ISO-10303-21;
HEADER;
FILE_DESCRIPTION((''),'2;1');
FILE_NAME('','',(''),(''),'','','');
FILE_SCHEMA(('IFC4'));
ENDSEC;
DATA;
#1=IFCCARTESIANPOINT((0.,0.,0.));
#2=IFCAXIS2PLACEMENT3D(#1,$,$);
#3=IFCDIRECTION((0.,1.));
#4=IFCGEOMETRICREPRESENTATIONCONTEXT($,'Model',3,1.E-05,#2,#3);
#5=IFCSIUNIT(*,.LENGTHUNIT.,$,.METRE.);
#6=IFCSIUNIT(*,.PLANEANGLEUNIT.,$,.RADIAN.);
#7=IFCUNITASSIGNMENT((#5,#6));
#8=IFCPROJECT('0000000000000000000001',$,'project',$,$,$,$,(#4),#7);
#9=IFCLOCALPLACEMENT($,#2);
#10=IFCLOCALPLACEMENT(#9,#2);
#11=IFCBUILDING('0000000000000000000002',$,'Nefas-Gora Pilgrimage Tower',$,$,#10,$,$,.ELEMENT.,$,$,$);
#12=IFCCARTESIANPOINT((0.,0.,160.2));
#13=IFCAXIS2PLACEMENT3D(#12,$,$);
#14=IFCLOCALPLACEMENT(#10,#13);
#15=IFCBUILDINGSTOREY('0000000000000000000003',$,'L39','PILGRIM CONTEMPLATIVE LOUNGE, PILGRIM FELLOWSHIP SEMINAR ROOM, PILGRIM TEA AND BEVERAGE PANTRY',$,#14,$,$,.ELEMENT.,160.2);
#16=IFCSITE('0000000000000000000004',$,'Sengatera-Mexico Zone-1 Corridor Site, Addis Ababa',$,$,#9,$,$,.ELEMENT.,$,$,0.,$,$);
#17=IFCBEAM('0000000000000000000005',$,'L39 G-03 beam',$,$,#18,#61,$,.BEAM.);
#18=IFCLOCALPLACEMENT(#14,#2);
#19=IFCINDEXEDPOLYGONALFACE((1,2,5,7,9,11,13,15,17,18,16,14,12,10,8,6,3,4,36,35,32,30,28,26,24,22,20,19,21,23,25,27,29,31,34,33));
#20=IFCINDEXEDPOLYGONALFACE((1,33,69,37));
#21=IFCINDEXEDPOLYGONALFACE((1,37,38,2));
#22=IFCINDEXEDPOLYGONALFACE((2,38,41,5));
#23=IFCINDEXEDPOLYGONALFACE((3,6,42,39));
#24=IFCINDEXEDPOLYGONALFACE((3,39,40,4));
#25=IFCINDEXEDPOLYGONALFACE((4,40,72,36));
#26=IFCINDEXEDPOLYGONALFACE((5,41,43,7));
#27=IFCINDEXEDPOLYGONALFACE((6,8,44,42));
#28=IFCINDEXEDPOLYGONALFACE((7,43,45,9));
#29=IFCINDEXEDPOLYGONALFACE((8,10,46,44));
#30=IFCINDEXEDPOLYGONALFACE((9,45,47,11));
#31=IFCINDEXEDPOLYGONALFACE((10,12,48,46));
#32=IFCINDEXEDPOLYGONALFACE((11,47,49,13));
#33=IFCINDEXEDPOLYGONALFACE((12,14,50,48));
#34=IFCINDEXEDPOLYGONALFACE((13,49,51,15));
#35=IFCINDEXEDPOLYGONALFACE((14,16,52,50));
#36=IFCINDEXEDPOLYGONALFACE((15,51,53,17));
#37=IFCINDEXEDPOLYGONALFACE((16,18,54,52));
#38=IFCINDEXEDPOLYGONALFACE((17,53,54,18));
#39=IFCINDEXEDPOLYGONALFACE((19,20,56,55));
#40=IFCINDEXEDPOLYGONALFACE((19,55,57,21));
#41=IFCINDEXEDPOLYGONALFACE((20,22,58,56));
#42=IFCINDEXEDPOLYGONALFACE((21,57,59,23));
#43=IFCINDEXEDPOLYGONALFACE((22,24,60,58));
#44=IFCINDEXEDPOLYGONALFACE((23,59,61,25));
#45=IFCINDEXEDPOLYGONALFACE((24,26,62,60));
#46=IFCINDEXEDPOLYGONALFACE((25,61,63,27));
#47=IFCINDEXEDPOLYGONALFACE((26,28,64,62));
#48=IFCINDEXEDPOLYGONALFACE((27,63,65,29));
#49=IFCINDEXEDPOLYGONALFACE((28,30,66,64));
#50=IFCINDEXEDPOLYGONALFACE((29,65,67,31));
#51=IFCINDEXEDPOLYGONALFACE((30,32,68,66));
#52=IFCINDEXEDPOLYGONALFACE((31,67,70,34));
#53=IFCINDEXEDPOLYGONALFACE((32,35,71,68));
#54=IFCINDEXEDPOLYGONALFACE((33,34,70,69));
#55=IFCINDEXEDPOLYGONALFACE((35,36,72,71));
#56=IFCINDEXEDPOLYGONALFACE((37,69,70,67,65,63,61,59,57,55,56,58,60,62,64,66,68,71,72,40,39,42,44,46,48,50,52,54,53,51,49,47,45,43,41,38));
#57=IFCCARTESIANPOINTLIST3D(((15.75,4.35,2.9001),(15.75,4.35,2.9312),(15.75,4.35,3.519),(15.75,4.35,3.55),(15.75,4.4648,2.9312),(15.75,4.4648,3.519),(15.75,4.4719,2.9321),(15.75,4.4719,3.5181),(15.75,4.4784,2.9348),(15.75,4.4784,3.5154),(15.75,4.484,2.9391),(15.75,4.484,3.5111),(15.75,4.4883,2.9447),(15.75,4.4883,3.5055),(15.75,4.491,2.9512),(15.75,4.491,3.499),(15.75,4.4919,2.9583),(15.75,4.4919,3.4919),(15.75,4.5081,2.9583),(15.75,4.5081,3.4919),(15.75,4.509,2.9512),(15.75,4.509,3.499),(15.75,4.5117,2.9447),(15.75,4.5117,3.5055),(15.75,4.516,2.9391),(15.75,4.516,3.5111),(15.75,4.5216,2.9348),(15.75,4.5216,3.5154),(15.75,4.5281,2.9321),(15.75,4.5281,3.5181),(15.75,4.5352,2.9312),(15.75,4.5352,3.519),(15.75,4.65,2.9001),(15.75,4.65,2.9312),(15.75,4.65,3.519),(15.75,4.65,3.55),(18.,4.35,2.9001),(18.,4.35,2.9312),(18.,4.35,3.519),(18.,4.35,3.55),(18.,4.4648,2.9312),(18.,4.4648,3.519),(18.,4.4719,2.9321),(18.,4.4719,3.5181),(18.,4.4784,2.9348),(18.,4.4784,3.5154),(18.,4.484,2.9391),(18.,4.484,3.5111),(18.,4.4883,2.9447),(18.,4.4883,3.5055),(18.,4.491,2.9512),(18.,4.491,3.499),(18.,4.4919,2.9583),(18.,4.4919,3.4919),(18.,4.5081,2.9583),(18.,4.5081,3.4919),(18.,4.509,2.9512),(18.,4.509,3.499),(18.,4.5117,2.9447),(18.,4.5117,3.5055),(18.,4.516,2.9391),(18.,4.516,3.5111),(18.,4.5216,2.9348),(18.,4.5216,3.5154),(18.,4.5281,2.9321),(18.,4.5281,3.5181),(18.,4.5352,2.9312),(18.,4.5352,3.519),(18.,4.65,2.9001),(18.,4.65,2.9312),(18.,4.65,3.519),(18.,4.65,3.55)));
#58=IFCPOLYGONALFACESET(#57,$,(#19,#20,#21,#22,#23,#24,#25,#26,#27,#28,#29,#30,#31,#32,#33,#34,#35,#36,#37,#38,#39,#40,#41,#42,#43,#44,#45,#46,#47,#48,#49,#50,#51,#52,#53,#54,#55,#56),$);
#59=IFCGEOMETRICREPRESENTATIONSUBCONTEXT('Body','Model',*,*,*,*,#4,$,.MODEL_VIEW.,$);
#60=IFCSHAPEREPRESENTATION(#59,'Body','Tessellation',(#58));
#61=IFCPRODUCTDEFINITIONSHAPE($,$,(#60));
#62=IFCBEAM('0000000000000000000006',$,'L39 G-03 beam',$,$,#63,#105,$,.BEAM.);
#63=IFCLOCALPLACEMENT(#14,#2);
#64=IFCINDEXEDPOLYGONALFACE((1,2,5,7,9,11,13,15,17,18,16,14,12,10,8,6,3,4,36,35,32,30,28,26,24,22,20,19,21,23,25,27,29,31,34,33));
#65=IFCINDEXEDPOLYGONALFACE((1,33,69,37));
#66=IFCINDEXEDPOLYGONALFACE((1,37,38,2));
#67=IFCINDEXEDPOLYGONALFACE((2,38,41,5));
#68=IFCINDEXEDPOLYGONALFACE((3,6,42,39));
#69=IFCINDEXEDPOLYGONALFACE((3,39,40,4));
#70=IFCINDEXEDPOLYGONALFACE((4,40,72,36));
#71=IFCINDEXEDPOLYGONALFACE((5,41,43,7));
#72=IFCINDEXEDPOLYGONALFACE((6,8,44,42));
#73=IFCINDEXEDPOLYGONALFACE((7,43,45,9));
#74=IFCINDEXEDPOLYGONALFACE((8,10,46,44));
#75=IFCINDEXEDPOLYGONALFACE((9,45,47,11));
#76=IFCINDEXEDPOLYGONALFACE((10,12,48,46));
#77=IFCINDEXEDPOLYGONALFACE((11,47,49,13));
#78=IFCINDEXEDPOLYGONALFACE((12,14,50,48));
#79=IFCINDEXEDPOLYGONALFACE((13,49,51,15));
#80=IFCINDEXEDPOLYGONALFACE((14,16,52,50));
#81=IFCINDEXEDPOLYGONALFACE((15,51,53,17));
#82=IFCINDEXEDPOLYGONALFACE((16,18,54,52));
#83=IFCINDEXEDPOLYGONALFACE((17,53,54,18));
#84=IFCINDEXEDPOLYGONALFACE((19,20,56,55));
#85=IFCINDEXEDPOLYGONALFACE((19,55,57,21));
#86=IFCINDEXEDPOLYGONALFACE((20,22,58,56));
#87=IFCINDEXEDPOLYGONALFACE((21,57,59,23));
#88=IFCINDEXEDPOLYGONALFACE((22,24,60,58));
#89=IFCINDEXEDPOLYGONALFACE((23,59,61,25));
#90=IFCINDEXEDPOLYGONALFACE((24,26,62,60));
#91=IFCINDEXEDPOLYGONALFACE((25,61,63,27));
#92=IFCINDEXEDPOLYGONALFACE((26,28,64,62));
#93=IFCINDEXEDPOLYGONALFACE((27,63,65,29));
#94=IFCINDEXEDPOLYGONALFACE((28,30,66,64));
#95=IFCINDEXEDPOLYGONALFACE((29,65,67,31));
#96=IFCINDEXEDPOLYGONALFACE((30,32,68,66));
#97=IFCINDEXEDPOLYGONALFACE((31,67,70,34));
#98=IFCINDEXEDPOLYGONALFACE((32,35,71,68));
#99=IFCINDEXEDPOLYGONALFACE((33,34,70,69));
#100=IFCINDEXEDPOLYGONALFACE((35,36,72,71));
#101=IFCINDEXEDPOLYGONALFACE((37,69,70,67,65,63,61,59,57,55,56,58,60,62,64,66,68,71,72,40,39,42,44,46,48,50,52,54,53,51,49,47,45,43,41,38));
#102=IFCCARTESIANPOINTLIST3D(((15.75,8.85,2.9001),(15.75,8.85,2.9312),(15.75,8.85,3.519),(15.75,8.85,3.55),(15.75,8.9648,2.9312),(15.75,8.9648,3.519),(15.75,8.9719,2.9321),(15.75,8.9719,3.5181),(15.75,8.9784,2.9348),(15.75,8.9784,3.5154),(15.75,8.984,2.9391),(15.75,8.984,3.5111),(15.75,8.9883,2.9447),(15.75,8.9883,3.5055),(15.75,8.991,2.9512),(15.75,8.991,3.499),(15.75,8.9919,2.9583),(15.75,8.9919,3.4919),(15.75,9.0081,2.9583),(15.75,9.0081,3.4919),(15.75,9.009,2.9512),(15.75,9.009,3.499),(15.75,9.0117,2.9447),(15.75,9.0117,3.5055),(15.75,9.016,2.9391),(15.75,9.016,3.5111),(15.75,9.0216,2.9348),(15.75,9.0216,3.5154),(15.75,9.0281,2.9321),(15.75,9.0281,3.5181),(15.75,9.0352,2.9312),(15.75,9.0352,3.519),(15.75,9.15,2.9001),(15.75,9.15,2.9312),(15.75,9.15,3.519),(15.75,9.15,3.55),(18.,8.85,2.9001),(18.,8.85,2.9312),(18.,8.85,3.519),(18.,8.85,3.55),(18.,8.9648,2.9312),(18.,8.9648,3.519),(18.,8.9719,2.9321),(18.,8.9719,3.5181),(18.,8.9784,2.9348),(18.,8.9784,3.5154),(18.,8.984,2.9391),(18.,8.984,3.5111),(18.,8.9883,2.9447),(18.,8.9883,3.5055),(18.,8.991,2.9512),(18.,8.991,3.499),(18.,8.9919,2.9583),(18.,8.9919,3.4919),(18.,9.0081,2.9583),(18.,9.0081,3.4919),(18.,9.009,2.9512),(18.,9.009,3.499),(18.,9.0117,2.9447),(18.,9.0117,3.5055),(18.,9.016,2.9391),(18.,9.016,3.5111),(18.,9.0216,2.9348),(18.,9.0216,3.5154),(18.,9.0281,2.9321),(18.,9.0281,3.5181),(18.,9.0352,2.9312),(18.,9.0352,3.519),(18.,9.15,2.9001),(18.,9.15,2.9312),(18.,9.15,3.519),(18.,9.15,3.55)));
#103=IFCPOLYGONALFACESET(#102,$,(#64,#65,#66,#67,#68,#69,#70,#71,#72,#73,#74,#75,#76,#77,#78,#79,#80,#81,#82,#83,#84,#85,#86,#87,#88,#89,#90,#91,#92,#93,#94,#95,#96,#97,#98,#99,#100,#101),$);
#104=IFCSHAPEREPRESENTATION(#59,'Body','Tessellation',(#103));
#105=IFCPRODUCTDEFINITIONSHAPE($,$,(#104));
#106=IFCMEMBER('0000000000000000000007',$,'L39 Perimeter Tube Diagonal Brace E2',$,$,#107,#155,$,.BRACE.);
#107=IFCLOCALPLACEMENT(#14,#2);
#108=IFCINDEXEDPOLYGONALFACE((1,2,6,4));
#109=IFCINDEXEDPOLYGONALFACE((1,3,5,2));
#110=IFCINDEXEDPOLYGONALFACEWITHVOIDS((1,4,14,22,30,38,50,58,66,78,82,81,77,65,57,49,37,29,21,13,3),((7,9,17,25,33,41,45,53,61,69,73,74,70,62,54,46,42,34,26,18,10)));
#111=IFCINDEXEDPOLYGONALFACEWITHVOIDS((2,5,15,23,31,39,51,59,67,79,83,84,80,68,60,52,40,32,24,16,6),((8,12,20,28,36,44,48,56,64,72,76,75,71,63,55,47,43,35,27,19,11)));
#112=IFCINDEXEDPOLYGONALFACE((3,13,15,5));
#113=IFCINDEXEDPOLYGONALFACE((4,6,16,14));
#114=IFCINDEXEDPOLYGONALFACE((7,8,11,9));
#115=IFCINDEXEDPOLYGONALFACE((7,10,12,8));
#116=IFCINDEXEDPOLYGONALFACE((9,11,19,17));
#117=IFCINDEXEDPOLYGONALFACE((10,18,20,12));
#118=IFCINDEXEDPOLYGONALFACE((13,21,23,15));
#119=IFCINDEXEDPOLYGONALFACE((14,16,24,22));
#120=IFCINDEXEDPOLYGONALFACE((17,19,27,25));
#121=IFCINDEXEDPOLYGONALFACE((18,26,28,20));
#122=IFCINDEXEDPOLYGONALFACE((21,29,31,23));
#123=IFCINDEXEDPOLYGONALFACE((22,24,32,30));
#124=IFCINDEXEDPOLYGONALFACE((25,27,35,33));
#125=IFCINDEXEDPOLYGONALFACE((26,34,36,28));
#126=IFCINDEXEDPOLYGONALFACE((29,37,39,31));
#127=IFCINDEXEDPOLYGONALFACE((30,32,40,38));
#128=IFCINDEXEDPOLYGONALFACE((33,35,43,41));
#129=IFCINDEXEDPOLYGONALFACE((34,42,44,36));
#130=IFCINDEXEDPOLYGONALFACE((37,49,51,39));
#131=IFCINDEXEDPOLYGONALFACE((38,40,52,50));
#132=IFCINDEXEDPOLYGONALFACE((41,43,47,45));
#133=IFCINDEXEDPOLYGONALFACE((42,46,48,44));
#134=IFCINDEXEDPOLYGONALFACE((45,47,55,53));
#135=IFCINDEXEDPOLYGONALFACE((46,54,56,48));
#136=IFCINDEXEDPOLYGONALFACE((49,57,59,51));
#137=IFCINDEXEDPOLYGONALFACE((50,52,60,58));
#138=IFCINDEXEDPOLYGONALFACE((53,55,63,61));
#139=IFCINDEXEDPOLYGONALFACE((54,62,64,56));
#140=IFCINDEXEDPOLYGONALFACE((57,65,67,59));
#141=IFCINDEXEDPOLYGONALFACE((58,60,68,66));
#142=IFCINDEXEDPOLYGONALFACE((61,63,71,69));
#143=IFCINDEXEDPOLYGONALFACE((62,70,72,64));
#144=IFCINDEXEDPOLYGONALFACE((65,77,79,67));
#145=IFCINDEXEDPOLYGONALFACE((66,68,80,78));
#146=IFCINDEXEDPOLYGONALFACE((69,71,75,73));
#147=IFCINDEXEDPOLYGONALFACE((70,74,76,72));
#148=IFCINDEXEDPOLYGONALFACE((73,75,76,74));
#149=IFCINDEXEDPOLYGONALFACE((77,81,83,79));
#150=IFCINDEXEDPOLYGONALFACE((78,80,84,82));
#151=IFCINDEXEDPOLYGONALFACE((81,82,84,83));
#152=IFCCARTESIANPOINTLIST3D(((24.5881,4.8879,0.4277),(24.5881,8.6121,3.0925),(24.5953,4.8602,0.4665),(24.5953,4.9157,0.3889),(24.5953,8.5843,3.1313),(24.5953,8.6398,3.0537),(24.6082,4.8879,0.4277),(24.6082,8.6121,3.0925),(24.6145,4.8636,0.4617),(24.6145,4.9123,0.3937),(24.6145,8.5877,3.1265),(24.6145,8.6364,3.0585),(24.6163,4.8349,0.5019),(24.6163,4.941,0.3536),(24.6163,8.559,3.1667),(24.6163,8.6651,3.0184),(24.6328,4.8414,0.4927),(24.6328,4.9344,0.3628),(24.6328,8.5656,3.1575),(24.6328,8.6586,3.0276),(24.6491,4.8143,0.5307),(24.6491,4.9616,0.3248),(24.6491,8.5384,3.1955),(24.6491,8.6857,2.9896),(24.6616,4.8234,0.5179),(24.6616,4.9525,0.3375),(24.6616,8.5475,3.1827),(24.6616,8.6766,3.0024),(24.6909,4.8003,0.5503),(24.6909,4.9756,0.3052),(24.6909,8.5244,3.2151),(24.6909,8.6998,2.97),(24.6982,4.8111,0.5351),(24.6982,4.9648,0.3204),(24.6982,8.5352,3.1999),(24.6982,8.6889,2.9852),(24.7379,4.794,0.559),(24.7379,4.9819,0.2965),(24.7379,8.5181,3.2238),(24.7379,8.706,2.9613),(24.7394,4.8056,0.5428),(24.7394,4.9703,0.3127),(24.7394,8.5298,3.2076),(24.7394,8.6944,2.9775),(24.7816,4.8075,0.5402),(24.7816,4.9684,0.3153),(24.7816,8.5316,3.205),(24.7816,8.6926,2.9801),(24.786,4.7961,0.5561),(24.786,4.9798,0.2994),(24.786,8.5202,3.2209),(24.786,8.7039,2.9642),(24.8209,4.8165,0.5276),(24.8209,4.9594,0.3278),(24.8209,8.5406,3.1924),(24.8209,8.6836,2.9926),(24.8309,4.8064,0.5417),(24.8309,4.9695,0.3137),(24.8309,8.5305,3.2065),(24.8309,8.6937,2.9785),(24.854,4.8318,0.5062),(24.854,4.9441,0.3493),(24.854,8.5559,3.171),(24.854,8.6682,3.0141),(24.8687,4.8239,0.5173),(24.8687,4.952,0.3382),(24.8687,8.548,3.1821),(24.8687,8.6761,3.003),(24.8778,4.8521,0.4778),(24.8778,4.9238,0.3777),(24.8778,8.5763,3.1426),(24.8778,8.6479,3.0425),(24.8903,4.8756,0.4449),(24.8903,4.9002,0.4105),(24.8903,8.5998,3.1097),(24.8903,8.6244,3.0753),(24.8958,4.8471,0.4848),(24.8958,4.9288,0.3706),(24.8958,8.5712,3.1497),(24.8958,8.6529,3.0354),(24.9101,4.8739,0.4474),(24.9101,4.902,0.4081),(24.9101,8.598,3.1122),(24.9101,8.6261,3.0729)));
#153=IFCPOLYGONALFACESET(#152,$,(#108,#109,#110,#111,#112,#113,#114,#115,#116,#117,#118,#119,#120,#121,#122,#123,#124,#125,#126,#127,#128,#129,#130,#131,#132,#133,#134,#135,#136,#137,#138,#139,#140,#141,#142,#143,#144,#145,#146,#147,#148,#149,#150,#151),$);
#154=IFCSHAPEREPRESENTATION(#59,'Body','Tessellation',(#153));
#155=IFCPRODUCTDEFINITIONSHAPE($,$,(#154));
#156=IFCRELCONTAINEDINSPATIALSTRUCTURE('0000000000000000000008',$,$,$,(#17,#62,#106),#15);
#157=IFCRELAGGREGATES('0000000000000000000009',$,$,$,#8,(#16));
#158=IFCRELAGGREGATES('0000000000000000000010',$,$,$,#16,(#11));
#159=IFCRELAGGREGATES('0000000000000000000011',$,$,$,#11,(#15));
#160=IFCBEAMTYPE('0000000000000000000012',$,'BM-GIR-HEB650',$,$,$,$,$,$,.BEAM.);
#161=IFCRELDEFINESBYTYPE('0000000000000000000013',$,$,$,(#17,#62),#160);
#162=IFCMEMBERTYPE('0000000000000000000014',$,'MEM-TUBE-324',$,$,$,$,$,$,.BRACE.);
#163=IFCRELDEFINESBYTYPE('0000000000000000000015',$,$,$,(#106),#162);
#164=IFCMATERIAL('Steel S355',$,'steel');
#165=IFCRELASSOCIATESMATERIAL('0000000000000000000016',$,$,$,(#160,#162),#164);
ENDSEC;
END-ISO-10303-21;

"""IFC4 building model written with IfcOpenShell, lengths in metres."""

from ifc_helpers import new_model, si_unit, direction, frame, origin, origin_2d, place, context, subcontext, project, spatial, hollow_circle, i_section, extrude, source, transform, mapped, material, material_profile, profile_set, type_object, element, save


model = new_model("IFC4")

# Units and contexts
model_context = context("Model", 3, precision=1e-05, world=origin(), true_north=direction((0.0, 1.0)))
body_context = subcontext(model_context, "Body", "Model", "MODEL_VIEW")
ifc_project = project(units=[si_unit("LENGTHUNIT", "METRE"), si_unit("PLANEANGLEUNIT", "RADIAN")], contexts=[model_context])

# Site, building, storey
site_placement = place(None, origin())
site = spatial("IfcSite", under=ifc_project, at=site_placement, Name="Sengatera-Mexico Zone-1 Corridor Site, Addis Ababa", CompositionType="ELEMENT", RefElevation=0.0)
building_placement = place(site_placement, origin())
building = spatial("IfcBuilding", under=site, at=building_placement, Name="Nefas-Gora Pilgrimage Tower", CompositionType="ELEMENT")
storey_placement = place(building_placement, frame((0.0, 0.0, 160.2)))
storey = spatial("IfcBuildingStorey", under=building, at=storey_placement, Name="L39", Description="PILGRIM CONTEMPLATIVE LOUNGE, PILGRIM FELLOWSHIP SEMINAR ROOM, PILGRIM TEA AND BEVERAGE PANTRY", CompositionType="ELEMENT", Elevation=160.2)

# Beams
ifc_material_1 = material(Name="Steel S355", Category="steel")
ifc_material_profile_1 = material_profile(ifc_material_1, i_section(OverallWidth=0.3, OverallDepth=0.6499, WebThickness=0.0161, FlangeThickness=0.031, FilletRadius=0.0271, at=origin_2d()), Name="HEB 650")
ifc_profile_set_1 = profile_set([ifc_material_profile_1], Name="Steel S355")
beam_type_1 = type_object("IfcBeamType", Name="BM-GIR-HEB650", PredefinedType="BEAM", material=ifc_profile_set_1)
shared_shape_1 = source(origin(), body_context, "Body", "SweptSolid", [
    extrude(i_section(OverallWidth=0.3, OverallDepth=0.6499, WebThickness=0.0161, FlangeThickness=0.031, FilletRadius=0.0271, at=origin_2d()), origin(), (0.0, 0.0, 1.0), 2.25),
])
for number, where, z_axis, x_axis, name in (
    (1, (15.75, 4.5, 3.2251), (1.0, 0.0, 0.0), (0.0, 1.0, 0.0), "L39 G-03 beam"),
    (2, (15.75, 9.0, 3.2251), (1.0, 0.0, 0.0), (0.0, 1.0, 0.0), "L39 G-03 beam"),
):
    element("IfcBeam", number, at=place(storey_placement, frame(where, z_axis=z_axis, x_axis=x_axis)), inside=storey, type_object=beam_type_1, Name=name, PredefinedType="BEAM", context=body_context, shape_type="MappedRepresentation", body=[
        mapped(shared_shape_1, transform((0.0, 0.0, 0.0), x_axis=(1.0, 0.0, 0.0), y_axis=(0.0, 1.0, 0.0), z_axis=(0.0, 0.0, 1.0), scale=1.0)),
    ])

# Member
ifc_material_profile_2 = material_profile(ifc_material_1, hollow_circle(Radius=0.1619, WallThickness=0.02, at=origin_2d()), Name="CHS 323.9x20")
ifc_profile_set_2 = profile_set([ifc_material_profile_2], Name="Steel S355")
member_type_1 = type_object("IfcMemberType", Name="MEM-TUBE-324", PredefinedType="BRACE", material=ifc_profile_set_2)
shared_shape_2 = source(origin(), body_context, "Body", "SweptSolid", [
    extrude(hollow_circle(Radius=0.1619, WallThickness=0.02, at=origin_2d()), origin(), (0.0, 0.0, 1.0), 4.5793),
])
member_1_placement = place(storey_placement, frame((24.75, 4.8879, 0.4277), z_axis=(0.0, 0.813247, 0.581919), x_axis=(-1.0, 0.0, 0.0)))
element("IfcMember", 3, at=member_1_placement, inside=storey, type_object=member_type_1, Name="L39 Perimeter Tube Diagonal Brace E2", PredefinedType="BRACE", context=body_context, shape_type="MappedRepresentation", body=[
    mapped(shared_shape_2, transform((0.0, 0.0, 0.0), x_axis=(1.0, 0.0, 0.0), y_axis=(0.0, 1.0, 0.0), z_axis=(0.0, 0.0, 1.0), scale=1.0)),
])

save(model, "model.ifc")
